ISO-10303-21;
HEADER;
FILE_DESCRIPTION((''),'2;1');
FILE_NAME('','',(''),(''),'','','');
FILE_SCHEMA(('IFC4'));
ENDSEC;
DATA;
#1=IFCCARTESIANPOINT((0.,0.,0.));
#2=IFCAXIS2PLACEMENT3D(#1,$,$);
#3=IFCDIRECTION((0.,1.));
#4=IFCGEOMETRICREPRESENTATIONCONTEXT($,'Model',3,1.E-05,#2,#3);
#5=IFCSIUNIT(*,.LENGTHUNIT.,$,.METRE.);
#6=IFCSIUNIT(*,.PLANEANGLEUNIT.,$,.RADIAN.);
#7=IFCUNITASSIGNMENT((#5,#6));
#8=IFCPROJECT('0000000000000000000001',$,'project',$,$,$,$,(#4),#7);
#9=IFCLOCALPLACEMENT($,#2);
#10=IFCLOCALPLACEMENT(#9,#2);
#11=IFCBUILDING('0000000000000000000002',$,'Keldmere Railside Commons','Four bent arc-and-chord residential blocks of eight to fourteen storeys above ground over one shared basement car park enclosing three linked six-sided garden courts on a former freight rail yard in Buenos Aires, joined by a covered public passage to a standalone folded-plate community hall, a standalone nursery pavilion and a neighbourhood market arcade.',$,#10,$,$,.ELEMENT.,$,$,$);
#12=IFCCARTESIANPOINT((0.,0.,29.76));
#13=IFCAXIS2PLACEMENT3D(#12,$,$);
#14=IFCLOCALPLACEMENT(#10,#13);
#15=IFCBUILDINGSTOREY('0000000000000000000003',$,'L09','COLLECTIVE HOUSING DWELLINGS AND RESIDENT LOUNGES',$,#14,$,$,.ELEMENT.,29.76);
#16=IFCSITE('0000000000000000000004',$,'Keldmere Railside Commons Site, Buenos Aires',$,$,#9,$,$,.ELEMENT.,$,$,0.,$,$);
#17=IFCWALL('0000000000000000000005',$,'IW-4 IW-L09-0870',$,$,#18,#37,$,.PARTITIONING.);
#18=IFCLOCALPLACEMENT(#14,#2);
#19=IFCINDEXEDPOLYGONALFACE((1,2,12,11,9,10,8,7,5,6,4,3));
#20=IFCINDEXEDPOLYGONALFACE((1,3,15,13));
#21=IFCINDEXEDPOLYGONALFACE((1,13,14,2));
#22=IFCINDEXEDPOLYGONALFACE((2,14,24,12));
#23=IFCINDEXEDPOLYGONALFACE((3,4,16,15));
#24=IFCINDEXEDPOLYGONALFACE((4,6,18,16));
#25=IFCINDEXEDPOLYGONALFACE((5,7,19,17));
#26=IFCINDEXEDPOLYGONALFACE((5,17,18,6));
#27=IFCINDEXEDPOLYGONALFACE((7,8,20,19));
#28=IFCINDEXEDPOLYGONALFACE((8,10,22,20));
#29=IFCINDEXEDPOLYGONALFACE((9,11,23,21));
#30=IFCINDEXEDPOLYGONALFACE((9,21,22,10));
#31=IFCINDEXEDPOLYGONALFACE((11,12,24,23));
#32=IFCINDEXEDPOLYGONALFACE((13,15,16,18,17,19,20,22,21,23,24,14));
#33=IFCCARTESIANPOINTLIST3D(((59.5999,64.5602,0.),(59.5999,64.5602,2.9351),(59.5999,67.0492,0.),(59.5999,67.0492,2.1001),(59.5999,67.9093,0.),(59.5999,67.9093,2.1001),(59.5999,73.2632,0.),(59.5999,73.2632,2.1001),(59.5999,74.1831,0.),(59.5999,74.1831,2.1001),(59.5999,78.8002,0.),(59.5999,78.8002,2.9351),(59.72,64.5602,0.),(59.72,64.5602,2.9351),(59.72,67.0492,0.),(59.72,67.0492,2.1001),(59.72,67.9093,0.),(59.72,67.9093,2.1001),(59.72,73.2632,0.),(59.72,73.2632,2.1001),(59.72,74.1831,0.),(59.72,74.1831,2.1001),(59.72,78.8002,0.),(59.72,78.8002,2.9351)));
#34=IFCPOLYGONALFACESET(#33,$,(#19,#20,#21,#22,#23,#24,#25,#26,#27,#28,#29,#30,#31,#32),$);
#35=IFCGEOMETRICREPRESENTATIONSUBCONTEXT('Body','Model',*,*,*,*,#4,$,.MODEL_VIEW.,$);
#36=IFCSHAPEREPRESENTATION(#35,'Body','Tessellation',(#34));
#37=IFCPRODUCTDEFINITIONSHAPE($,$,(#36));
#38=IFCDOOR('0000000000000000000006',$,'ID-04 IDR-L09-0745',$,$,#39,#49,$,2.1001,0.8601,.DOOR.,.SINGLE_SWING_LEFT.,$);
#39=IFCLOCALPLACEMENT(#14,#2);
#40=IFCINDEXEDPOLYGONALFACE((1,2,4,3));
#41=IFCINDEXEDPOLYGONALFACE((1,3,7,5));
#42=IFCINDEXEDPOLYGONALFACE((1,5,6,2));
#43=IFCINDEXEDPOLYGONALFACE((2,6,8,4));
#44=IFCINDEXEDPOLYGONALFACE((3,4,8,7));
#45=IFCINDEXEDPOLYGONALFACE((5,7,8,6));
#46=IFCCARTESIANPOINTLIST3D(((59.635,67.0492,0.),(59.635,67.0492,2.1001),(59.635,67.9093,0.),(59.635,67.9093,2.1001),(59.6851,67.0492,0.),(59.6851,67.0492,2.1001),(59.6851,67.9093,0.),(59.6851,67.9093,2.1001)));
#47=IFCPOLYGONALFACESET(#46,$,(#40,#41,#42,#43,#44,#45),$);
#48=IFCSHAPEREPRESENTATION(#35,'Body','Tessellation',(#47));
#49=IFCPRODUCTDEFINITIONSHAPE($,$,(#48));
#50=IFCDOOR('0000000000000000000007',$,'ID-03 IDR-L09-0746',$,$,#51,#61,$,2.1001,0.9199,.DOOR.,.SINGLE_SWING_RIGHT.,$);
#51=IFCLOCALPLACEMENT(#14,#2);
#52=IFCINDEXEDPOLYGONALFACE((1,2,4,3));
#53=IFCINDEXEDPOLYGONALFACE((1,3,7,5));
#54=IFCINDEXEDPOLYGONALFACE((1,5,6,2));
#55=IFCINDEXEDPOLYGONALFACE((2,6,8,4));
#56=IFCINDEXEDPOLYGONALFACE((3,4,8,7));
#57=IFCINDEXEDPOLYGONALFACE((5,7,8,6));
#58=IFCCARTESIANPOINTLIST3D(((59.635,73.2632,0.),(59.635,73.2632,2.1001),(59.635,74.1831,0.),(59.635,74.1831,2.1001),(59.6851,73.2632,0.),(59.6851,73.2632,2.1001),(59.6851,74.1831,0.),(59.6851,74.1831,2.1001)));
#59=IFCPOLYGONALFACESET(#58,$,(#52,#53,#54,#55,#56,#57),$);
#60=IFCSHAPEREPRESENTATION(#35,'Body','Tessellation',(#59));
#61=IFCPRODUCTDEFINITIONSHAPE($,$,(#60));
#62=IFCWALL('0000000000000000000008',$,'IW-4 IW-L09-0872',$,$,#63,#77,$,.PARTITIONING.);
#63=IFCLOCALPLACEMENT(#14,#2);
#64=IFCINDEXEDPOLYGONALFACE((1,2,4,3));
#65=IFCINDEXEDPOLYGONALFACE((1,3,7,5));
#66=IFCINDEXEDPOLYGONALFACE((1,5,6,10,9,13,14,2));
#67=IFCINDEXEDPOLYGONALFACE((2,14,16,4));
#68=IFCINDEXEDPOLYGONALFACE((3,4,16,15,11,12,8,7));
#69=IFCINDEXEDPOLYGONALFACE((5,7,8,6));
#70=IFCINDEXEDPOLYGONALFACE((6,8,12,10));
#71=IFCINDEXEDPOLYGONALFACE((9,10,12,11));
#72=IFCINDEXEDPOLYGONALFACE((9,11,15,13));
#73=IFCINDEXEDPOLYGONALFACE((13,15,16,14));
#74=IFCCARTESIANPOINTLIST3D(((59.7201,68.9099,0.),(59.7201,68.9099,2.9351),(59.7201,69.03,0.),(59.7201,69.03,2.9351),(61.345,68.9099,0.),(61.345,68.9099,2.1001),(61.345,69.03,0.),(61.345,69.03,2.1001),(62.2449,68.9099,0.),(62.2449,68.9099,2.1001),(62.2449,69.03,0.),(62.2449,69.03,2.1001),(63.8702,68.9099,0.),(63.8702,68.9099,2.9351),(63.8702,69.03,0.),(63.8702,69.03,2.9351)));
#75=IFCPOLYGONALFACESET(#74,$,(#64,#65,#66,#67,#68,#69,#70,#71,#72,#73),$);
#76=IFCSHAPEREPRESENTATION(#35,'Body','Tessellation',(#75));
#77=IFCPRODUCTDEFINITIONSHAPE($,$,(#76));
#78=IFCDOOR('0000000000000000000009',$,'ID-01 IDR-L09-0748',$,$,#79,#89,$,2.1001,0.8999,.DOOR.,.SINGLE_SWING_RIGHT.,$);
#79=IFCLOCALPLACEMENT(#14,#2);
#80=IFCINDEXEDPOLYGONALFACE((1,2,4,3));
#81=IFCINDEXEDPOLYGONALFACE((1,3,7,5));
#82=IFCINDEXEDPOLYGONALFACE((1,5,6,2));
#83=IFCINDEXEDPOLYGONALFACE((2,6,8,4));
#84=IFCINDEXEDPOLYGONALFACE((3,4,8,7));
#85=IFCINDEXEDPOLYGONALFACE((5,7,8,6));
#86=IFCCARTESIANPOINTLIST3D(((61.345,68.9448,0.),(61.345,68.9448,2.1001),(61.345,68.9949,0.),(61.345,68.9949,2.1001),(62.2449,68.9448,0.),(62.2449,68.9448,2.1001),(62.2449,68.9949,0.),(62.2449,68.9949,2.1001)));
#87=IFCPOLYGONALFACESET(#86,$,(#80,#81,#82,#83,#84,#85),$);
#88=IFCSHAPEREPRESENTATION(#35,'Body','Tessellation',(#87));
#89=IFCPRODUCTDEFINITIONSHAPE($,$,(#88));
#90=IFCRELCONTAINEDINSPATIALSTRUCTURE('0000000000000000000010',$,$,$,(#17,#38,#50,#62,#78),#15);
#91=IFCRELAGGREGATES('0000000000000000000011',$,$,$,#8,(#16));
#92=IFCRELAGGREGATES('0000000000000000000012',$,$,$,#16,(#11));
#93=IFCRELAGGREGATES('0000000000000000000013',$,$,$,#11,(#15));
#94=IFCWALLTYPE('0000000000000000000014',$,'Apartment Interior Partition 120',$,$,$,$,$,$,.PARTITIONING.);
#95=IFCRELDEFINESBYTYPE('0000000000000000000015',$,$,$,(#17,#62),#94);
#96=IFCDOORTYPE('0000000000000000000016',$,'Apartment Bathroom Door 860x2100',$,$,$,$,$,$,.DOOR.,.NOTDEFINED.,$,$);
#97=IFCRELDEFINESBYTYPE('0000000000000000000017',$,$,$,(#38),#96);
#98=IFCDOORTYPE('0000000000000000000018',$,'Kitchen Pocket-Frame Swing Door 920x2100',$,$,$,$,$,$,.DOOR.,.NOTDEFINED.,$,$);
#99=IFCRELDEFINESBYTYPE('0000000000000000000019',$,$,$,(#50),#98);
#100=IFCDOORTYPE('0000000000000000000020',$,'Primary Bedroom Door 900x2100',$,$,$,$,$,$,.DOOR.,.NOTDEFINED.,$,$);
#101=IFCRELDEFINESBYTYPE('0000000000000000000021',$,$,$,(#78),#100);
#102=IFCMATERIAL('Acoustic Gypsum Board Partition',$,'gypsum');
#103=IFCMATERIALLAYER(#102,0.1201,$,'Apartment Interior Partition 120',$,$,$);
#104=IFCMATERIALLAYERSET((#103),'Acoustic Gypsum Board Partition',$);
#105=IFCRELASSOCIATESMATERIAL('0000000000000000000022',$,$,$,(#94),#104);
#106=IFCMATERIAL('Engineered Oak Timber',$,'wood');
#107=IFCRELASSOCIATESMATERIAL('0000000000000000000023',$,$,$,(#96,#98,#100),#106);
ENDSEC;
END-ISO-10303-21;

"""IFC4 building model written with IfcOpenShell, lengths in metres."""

from ifc_helpers import new_model, si_unit, direction, frame, frame_2d, origin, place, context, subcontext, project, spatial, rectangle, extrude, material, layer, layer_set, type_object, element, fill, save


model = new_model("IFC4")

# Units and contexts
model_context = context("Model", 3, precision=1e-05, world=origin(), true_north=direction((0.0, 1.0)))
body_context = subcontext(model_context, "Body", "Model", "MODEL_VIEW")
ifc_project = project(units=[si_unit("LENGTHUNIT", "METRE"), si_unit("PLANEANGLEUNIT", "RADIAN")], contexts=[model_context])

# Site, building, storey
site_placement = place(None, origin())
site = spatial("IfcSite", under=ifc_project, at=site_placement, Name="Keldmere Railside Commons Site, Buenos Aires", CompositionType="ELEMENT", RefElevation=0.0)
building_placement = place(site_placement, origin())
building = spatial("IfcBuilding", under=site, at=building_placement, Name="Keldmere Railside Commons", Description="Four bent arc-and-chord residential blocks of eight to fourteen storeys above ground over one shared basement car park enclosing three linked six-sided garden courts on a former freight rail yard in Buenos Aires, joined by a covered public passage to a standalone folded-plate community hall, a standalone nursery pavilion and a neighbourhood market arcade.", CompositionType="ELEMENT")
storey_placement = place(building_placement, frame((0.0, 0.0, 29.76)))
storey = spatial("IfcBuildingStorey", under=building, at=storey_placement, Name="L09", Description="COLLECTIVE HOUSING DWELLINGS AND RESIDENT LOUNGES", CompositionType="ELEMENT", Elevation=29.76)

# Wall, openings, doors
ifc_material_1 = material(Name="Acoustic Gypsum Board Partition", Category="gypsum")
ifc_layer_1 = layer(ifc_material_1, 0.1201, Name="Apartment Interior Partition 120")
ifc_layer_set_1 = layer_set([ifc_layer_1], Name="Acoustic Gypsum Board Partition")
wall_type_1 = type_object("IfcWallType", Name="Apartment Interior Partition 120", PredefinedType="PARTITIONING", material=ifc_layer_set_1)
wall_1_placement = place(storey_placement, frame((59.6599, 64.5601, 0.0), z_axis=(0.0, 0.0, 1.0), x_axis=(0.0, 1.0, 0.0)))
wall_1 = element("IfcWall", 1, at=wall_1_placement, inside=storey, type_object=wall_type_1, Name="IW-4 IW-L09-0870", PredefinedType="PARTITIONING", context=body_context, shape_type="SweptSolid", body=[
    extrude(rectangle(XDim=14.24, YDim=0.1201, at=frame_2d((7.1201, 0.0))), origin(), (0.0, 0.0, 1.0), 2.9351),
])
opening_1_placement = place(wall_1_placement, frame((2.489, 0.0, 0.0)))
opening_1 = element("IfcOpeningElement", 2, at=opening_1_placement, cuts=wall_1, PredefinedType="OPENING", context=body_context, shape_type="SweptSolid", body=[
    extrude(rectangle(XDim=0.8601, YDim=2.1001, at=frame_2d((0.4302, 1.05))), frame((0.0, 0.0701, 0.0), z_axis=(0.0, -1.0, 0.0), x_axis=(1.0, 0.0, 0.0)), (0.0, 0.0, 1.0), 0.1401),
])
opening_2_placement = place(wall_1_placement, frame((8.7031, 0.0, 0.0)))
opening_2 = element("IfcOpeningElement", 3, at=opening_2_placement, cuts=wall_1, PredefinedType="OPENING", context=body_context, shape_type="SweptSolid", body=[
    extrude(rectangle(XDim=0.9199, YDim=2.1001, at=frame_2d((0.46, 1.05))), frame((0.0, 0.0701, 0.0), z_axis=(0.0, -1.0, 0.0), x_axis=(1.0, 0.0, 0.0)), (0.0, 0.0, 1.0), 0.1401),
])
ifc_material_2 = material(Name="Engineered Oak Timber", Category="wood")
door_type_1 = type_object("IfcDoorType", Name="Apartment Bathroom Door 860x2100", OperationType="NOTDEFINED", PredefinedType="DOOR", material=ifc_material_2)
door_1_placement = place(opening_1_placement, origin())
door_1 = element("IfcDoor", 4, at=door_1_placement, inside=storey, type_object=door_type_1, Name="ID-04 IDR-L09-0745", OperationType="SINGLE_SWING_LEFT", OverallHeight=2.1001, OverallWidth=0.8601, PredefinedType="DOOR", context=body_context, shape_type="SweptSolid", body=[
    extrude(rectangle(XDim=0.8601, YDim=2.1001, at=frame_2d((0.4302, 1.05))), frame((0.0, 0.0249, 0.0), z_axis=(0.0, -1.0, 0.0), x_axis=(1.0, 0.0, 0.0)), (0.0, 0.0, 1.0), 0.05),
])
fill(opening_1, door_1)
door_type_2 = type_object("IfcDoorType", Name="Kitchen Pocket-Frame Swing Door 920x2100", OperationType="NOTDEFINED", PredefinedType="DOOR", material=ifc_material_2)
door_2_placement = place(opening_2_placement, origin())
door_2 = element("IfcDoor", 5, at=door_2_placement, inside=storey, type_object=door_type_2, Name="ID-03 IDR-L09-0746", OperationType="SINGLE_SWING_RIGHT", OverallHeight=2.1001, OverallWidth=0.9199, PredefinedType="DOOR", context=body_context, shape_type="SweptSolid", body=[
    extrude(rectangle(XDim=0.9199, YDim=2.1001, at=frame_2d((0.46, 1.05))), frame((0.0, 0.0249, 0.0), z_axis=(0.0, -1.0, 0.0), x_axis=(1.0, 0.0, 0.0)), (0.0, 0.0, 1.0), 0.05),
])
fill(opening_2, door_2)

# Wall, opening, door
wall_2_placement = place(storey_placement, frame((59.72, 68.97, 0.0), z_axis=(0.0, 0.0, 1.0), x_axis=(1.0, 0.0, 0.0)))
wall_2 = element("IfcWall", 6, at=wall_2_placement, inside=storey, type_object=wall_type_1, Name="IW-4 IW-L09-0872", PredefinedType="PARTITIONING", context=body_context, shape_type="SweptSolid", body=[
    extrude(rectangle(XDim=4.1501, YDim=0.1201, at=frame_2d((2.0752, 0.0))), origin(), (0.0, 0.0, 1.0), 2.9351),
])
opening_3_placement = place(wall_2_placement, frame((1.625, 0.0, 0.0)))
opening_3 = element("IfcOpeningElement", 7, at=opening_3_placement, cuts=wall_2, PredefinedType="OPENING", context=body_context, shape_type="SweptSolid", body=[
    extrude(rectangle(XDim=0.8999, YDim=2.1001, at=frame_2d((0.45, 1.05))), frame((0.0, 0.0701, 0.0), z_axis=(0.0, -1.0, 0.0), x_axis=(1.0, 0.0, 0.0)), (0.0, 0.0, 1.0), 0.1401),
])
door_type_3 = type_object("IfcDoorType", Name="Primary Bedroom Door 900x2100", OperationType="NOTDEFINED", PredefinedType="DOOR", material=ifc_material_2)
door_3_placement = place(opening_3_placement, origin())
door_3 = element("IfcDoor", 8, at=door_3_placement, inside=storey, type_object=door_type_3, Name="ID-01 IDR-L09-0748", OperationType="SINGLE_SWING_RIGHT", OverallHeight=2.1001, OverallWidth=0.8999, PredefinedType="DOOR", context=body_context, shape_type="SweptSolid", body=[
    extrude(rectangle(XDim=0.8999, YDim=2.1001, at=frame_2d((0.45, 1.05))), frame((0.0, 0.0249, 0.0), z_axis=(0.0, -1.0, 0.0), x_axis=(1.0, 0.0, 0.0)), (0.0, 0.0, 1.0), 0.05),
])
fill(opening_3, door_3)

save(model, "model.ifc")
